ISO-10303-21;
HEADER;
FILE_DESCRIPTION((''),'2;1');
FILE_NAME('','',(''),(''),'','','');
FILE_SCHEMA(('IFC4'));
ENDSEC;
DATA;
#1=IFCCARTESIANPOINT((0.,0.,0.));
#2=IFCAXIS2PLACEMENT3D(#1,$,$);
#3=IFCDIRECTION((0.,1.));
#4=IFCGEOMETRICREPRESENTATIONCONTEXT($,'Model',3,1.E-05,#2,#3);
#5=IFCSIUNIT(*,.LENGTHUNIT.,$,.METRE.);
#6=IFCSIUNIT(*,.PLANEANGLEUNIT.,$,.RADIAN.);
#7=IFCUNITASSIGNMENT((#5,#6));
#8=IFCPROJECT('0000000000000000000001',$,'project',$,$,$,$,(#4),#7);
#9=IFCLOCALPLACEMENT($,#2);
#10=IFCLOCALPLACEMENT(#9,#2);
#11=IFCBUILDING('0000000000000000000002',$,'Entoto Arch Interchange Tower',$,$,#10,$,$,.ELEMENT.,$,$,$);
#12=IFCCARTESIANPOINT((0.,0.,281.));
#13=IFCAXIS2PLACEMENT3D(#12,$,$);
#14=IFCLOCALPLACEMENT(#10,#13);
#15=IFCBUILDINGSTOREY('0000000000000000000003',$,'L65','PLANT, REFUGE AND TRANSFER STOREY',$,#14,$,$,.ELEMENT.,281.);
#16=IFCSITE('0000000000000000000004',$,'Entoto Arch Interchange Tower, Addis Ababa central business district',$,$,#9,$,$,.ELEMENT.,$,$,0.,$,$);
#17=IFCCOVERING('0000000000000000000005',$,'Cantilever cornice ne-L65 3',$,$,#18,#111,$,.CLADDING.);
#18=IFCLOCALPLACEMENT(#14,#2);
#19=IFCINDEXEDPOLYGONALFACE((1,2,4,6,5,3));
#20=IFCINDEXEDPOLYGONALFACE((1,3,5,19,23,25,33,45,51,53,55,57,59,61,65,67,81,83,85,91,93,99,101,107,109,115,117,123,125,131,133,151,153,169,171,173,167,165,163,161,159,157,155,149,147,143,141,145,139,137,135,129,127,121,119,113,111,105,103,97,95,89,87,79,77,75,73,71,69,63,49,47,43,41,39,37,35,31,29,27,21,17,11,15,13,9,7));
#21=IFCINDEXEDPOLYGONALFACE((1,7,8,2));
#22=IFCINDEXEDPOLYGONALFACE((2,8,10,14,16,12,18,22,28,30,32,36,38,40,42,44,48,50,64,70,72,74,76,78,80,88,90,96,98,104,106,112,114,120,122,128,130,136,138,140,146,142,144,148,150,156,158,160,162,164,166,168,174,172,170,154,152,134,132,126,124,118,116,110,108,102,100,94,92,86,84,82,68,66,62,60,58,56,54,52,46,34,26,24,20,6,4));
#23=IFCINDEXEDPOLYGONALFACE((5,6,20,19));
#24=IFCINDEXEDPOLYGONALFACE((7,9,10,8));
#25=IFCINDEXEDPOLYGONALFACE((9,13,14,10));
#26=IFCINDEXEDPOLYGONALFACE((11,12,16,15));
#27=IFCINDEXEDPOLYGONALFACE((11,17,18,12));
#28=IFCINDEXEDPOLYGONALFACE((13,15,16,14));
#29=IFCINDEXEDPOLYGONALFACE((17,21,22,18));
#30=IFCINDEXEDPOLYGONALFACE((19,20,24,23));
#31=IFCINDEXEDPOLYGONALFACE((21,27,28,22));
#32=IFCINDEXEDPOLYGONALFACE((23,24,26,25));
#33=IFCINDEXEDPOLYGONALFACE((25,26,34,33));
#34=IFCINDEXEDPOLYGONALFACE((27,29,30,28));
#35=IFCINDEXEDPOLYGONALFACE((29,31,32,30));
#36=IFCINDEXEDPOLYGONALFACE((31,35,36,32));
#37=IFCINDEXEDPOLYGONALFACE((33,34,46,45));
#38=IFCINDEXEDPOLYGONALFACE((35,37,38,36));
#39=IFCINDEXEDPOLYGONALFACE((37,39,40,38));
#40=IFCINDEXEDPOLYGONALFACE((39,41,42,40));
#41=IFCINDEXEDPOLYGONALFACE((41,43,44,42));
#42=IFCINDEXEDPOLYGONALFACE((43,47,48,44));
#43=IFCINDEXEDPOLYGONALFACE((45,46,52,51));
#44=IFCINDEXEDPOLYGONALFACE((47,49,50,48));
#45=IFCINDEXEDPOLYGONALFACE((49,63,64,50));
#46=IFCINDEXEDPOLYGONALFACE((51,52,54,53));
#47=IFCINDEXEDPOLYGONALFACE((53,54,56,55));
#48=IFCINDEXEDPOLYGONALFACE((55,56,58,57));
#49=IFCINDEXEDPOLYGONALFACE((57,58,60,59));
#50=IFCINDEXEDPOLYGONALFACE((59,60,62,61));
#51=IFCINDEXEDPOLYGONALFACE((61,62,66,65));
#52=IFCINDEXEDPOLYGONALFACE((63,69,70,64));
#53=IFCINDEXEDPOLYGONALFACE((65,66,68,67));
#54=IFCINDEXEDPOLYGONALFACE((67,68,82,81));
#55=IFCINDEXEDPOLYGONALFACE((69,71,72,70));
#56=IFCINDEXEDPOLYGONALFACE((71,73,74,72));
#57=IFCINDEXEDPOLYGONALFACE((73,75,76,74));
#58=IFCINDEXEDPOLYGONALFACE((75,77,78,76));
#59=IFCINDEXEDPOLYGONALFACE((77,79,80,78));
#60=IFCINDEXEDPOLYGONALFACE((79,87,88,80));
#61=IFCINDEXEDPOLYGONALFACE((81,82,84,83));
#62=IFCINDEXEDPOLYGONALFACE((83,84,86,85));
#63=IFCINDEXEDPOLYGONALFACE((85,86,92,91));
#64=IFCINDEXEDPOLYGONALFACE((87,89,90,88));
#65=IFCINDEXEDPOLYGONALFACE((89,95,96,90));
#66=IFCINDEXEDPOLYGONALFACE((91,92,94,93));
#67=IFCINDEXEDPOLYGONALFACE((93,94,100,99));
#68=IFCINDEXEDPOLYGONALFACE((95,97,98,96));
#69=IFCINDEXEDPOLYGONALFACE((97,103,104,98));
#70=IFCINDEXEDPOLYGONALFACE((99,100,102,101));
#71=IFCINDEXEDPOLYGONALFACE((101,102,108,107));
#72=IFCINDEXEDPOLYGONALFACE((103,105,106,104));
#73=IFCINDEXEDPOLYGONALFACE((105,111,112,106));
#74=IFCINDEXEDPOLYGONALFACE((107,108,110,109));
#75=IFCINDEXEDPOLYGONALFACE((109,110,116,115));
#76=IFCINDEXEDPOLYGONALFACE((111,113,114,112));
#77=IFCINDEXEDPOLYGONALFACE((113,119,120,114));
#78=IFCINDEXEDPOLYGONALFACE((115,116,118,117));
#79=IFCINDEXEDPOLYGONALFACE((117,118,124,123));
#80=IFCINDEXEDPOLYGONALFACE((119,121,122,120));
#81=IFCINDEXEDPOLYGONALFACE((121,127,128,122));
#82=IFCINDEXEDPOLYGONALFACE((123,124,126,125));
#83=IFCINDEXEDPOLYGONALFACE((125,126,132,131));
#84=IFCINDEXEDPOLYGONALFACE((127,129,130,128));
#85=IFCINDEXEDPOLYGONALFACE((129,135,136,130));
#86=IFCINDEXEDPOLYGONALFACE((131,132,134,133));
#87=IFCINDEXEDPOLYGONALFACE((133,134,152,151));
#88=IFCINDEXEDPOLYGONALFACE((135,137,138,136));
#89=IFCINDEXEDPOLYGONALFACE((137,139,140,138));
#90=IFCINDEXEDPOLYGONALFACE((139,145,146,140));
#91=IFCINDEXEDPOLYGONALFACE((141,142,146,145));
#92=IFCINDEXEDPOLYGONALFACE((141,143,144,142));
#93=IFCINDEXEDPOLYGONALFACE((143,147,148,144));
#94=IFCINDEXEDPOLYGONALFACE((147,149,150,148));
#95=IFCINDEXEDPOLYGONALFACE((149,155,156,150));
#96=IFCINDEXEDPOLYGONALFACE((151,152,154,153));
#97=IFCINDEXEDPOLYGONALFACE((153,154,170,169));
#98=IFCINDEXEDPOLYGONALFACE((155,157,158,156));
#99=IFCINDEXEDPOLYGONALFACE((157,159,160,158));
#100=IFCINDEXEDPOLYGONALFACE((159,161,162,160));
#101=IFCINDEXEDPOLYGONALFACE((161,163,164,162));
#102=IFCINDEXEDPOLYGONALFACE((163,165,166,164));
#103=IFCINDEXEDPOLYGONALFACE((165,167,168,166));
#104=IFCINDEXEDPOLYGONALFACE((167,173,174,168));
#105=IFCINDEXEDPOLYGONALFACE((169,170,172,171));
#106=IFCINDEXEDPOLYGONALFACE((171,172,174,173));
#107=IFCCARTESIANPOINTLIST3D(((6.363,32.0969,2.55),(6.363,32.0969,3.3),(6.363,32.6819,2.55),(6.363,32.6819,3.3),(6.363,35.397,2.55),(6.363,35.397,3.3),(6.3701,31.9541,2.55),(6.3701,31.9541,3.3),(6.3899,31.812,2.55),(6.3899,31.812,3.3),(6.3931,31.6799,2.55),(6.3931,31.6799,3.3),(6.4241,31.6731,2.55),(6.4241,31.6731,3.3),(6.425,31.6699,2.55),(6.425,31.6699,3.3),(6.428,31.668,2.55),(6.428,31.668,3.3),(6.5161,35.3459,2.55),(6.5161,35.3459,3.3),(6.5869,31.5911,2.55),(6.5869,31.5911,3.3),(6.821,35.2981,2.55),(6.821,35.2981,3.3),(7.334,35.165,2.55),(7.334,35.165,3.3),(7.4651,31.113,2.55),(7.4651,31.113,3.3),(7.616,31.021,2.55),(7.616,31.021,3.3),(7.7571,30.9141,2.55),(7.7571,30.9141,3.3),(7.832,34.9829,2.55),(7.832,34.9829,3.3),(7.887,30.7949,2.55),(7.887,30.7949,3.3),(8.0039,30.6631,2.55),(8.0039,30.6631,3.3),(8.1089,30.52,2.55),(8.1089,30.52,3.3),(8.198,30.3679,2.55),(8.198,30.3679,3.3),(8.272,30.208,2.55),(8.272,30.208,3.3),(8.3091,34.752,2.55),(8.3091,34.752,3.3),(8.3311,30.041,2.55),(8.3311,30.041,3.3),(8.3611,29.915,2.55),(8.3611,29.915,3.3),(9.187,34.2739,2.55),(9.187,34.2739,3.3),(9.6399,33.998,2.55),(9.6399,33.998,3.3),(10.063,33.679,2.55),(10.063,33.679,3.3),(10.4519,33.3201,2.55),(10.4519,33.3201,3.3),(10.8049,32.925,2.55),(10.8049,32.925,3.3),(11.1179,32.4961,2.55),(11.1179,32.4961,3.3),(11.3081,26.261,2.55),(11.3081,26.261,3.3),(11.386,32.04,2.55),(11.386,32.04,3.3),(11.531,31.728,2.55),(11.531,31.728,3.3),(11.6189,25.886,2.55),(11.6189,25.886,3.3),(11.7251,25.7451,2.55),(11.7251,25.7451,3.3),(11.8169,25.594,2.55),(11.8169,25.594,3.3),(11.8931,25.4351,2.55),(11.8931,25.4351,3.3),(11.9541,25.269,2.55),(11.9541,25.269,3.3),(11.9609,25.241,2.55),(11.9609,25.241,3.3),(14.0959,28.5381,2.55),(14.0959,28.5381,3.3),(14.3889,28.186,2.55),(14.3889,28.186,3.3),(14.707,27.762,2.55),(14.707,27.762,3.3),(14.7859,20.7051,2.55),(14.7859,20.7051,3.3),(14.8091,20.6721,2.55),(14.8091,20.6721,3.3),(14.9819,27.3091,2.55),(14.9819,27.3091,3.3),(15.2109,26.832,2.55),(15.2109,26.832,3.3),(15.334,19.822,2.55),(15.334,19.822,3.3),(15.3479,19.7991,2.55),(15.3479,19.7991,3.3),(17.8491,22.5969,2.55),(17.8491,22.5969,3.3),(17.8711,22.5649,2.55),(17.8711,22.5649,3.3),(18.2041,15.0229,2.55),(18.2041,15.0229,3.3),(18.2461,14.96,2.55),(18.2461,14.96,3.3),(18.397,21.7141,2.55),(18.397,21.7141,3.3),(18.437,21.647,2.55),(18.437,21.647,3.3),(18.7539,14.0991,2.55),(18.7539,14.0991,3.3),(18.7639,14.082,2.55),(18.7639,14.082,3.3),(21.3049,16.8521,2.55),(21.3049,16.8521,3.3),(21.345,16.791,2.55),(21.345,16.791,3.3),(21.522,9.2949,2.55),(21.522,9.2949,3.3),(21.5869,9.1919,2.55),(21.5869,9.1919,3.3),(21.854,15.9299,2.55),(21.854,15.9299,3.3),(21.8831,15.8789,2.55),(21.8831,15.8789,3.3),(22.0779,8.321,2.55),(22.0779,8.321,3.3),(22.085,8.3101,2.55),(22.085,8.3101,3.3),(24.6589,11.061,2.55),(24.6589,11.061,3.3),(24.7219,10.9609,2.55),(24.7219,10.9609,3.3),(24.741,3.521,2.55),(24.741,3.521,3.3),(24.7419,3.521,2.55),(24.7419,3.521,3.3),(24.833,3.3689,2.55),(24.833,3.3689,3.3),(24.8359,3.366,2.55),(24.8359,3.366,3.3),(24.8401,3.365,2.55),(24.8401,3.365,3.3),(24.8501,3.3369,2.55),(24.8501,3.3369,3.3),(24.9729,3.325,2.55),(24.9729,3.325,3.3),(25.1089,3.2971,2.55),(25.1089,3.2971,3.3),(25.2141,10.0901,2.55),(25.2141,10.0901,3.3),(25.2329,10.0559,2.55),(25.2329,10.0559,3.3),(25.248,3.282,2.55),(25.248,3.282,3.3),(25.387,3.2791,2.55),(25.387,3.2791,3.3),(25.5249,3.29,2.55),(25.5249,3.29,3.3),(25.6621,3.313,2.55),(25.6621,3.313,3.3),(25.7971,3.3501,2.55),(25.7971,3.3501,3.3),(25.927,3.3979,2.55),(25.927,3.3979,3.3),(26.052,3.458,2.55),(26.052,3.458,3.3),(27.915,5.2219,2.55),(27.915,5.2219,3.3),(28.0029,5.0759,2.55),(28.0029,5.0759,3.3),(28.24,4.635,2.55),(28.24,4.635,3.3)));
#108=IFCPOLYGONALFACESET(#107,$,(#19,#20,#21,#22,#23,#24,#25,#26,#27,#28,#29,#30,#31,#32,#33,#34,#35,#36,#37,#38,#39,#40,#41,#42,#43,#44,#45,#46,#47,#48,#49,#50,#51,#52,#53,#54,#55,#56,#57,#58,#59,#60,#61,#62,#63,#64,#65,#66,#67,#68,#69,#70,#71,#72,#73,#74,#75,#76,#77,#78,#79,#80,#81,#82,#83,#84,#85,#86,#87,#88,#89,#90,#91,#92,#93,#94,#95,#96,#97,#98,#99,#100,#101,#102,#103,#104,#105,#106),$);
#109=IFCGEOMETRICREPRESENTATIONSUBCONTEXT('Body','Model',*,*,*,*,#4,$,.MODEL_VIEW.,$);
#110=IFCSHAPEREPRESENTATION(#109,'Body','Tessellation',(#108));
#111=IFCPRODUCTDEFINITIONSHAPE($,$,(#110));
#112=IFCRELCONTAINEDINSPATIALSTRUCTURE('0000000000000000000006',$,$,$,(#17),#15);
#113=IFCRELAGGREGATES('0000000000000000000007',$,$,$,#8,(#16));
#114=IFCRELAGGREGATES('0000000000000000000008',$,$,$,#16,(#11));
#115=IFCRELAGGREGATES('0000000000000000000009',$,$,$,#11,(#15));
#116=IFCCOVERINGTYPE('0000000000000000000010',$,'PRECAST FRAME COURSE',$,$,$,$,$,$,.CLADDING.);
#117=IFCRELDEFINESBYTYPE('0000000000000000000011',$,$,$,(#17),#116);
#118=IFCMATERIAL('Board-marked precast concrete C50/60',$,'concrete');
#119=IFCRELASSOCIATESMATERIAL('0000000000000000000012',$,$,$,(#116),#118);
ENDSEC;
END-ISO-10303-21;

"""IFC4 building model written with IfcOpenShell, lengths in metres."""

from ifc_helpers import new_model, si_unit, direction, frame, origin, place, context, subcontext, project, spatial, polyline, outline, extrude, material, type_object, element, save


model = new_model("IFC4")

# Units and contexts
model_context = context("Model", 3, precision=1e-05, world=origin(), true_north=direction((0.0, 1.0)))
body_context = subcontext(model_context, "Body", "Model", "MODEL_VIEW")
ifc_project = project(units=[si_unit("LENGTHUNIT", "METRE"), si_unit("PLANEANGLEUNIT", "RADIAN")], contexts=[model_context])

# Site, building, storey
site_placement = place(None, origin())
site = spatial("IfcSite", under=ifc_project, at=site_placement, Name="Entoto Arch Interchange Tower, Addis Ababa central business district", CompositionType="ELEMENT", RefElevation=0.0)
building_placement = place(site_placement, origin())
building = spatial("IfcBuilding", under=site, at=building_placement, Name="Entoto Arch Interchange Tower", CompositionType="ELEMENT")
storey_placement = place(building_placement, frame((0.0, 0.0, 281.0)))
storey = spatial("IfcBuildingStorey", under=building, at=storey_placement, Name="L65", Description="PLANT, REFUGE AND TRANSFER STOREY", CompositionType="ELEMENT", Elevation=281.0)

# Covering
ifc_material_1 = material(Name="Board-marked precast concrete C50/60", Category="concrete")
covering_type = type_object("IfcCoveringType", Name="PRECAST FRAME COURSE", PredefinedType="CLADDING", material=ifc_material_1)
covering_1_placement = place(storey_placement, frame((0.0, 0.0, 2.55)))
element("IfcCovering", 1, at=covering_1_placement, inside=storey, type_object=covering_type, Name="Cantilever cornice ne-L65 3", PredefinedType="CLADDING", context=body_context, shape_type="SweptSolid", body=[
    extrude(outline(polyline([(6.3899, 31.812), (6.3701, 31.9541), (6.363, 32.0969), (6.363, 32.6819), (6.363, 35.397), (6.5161, 35.3459), (6.821, 35.2981), (7.334, 35.165), (7.832, 34.9829), (8.3091, 34.752), (9.187, 34.2739), (9.6399, 33.998), (10.063, 33.679), (10.4519, 33.3201), (10.8049, 32.925), (11.1179, 32.4961), (11.386, 32.04), (11.531, 31.728), (14.0959, 28.5381), (14.3889, 28.186), (14.707, 27.762), (14.9819, 27.3091), (15.2109, 26.832), (17.8491, 22.5969), (17.8711, 22.5649), (18.397, 21.7141), (18.437, 21.647), (21.3049, 16.8521), (21.345, 16.791), (21.854, 15.9299), (21.8831, 15.8789), (24.6589, 11.061), (24.7219, 10.9609), (25.2141, 10.0901), (25.2329, 10.0559), (27.915, 5.2219), (28.0029, 5.0759), (28.24, 4.635), (26.052, 3.458), (25.927, 3.3979), (25.7971, 3.3501), (25.6621, 3.313), (25.5249, 3.29), (25.387, 3.2791), (25.248, 3.282), (25.1089, 3.2971), (24.9729, 3.325), (24.8401, 3.365), (24.8359, 3.366), (24.8501, 3.3369), (24.833, 3.3689), (24.7419, 3.521), (24.741, 3.521), (22.085, 8.3101), (22.0779, 8.321), (21.5869, 9.1919), (21.522, 9.2949), (18.7639, 14.082), (18.7539, 14.0991), (18.2461, 14.96), (18.2041, 15.0229), (15.3479, 19.7991), (15.334, 19.822), (14.8091, 20.6721), (14.7859, 20.7051), (11.9609, 25.241), (11.9541, 25.269), (11.8931, 25.4351), (11.8169, 25.594), (11.7251, 25.7451), (11.6189, 25.886), (11.3081, 26.261), (8.3611, 29.915), (8.3311, 30.041), (8.272, 30.208), (8.198, 30.3679), (8.1089, 30.52), (8.0039, 30.6631), (7.887, 30.7949), (7.7571, 30.9141), (7.616, 31.021), (7.4651, 31.113), (6.5869, 31.5911), (6.428, 31.668), (6.3931, 31.6799), (6.425, 31.6699), (6.4241, 31.6731), (6.3899, 31.812)])), origin(), (0.0, 0.0, 1.0), 0.75),
])

save(model, "model.ifc")
